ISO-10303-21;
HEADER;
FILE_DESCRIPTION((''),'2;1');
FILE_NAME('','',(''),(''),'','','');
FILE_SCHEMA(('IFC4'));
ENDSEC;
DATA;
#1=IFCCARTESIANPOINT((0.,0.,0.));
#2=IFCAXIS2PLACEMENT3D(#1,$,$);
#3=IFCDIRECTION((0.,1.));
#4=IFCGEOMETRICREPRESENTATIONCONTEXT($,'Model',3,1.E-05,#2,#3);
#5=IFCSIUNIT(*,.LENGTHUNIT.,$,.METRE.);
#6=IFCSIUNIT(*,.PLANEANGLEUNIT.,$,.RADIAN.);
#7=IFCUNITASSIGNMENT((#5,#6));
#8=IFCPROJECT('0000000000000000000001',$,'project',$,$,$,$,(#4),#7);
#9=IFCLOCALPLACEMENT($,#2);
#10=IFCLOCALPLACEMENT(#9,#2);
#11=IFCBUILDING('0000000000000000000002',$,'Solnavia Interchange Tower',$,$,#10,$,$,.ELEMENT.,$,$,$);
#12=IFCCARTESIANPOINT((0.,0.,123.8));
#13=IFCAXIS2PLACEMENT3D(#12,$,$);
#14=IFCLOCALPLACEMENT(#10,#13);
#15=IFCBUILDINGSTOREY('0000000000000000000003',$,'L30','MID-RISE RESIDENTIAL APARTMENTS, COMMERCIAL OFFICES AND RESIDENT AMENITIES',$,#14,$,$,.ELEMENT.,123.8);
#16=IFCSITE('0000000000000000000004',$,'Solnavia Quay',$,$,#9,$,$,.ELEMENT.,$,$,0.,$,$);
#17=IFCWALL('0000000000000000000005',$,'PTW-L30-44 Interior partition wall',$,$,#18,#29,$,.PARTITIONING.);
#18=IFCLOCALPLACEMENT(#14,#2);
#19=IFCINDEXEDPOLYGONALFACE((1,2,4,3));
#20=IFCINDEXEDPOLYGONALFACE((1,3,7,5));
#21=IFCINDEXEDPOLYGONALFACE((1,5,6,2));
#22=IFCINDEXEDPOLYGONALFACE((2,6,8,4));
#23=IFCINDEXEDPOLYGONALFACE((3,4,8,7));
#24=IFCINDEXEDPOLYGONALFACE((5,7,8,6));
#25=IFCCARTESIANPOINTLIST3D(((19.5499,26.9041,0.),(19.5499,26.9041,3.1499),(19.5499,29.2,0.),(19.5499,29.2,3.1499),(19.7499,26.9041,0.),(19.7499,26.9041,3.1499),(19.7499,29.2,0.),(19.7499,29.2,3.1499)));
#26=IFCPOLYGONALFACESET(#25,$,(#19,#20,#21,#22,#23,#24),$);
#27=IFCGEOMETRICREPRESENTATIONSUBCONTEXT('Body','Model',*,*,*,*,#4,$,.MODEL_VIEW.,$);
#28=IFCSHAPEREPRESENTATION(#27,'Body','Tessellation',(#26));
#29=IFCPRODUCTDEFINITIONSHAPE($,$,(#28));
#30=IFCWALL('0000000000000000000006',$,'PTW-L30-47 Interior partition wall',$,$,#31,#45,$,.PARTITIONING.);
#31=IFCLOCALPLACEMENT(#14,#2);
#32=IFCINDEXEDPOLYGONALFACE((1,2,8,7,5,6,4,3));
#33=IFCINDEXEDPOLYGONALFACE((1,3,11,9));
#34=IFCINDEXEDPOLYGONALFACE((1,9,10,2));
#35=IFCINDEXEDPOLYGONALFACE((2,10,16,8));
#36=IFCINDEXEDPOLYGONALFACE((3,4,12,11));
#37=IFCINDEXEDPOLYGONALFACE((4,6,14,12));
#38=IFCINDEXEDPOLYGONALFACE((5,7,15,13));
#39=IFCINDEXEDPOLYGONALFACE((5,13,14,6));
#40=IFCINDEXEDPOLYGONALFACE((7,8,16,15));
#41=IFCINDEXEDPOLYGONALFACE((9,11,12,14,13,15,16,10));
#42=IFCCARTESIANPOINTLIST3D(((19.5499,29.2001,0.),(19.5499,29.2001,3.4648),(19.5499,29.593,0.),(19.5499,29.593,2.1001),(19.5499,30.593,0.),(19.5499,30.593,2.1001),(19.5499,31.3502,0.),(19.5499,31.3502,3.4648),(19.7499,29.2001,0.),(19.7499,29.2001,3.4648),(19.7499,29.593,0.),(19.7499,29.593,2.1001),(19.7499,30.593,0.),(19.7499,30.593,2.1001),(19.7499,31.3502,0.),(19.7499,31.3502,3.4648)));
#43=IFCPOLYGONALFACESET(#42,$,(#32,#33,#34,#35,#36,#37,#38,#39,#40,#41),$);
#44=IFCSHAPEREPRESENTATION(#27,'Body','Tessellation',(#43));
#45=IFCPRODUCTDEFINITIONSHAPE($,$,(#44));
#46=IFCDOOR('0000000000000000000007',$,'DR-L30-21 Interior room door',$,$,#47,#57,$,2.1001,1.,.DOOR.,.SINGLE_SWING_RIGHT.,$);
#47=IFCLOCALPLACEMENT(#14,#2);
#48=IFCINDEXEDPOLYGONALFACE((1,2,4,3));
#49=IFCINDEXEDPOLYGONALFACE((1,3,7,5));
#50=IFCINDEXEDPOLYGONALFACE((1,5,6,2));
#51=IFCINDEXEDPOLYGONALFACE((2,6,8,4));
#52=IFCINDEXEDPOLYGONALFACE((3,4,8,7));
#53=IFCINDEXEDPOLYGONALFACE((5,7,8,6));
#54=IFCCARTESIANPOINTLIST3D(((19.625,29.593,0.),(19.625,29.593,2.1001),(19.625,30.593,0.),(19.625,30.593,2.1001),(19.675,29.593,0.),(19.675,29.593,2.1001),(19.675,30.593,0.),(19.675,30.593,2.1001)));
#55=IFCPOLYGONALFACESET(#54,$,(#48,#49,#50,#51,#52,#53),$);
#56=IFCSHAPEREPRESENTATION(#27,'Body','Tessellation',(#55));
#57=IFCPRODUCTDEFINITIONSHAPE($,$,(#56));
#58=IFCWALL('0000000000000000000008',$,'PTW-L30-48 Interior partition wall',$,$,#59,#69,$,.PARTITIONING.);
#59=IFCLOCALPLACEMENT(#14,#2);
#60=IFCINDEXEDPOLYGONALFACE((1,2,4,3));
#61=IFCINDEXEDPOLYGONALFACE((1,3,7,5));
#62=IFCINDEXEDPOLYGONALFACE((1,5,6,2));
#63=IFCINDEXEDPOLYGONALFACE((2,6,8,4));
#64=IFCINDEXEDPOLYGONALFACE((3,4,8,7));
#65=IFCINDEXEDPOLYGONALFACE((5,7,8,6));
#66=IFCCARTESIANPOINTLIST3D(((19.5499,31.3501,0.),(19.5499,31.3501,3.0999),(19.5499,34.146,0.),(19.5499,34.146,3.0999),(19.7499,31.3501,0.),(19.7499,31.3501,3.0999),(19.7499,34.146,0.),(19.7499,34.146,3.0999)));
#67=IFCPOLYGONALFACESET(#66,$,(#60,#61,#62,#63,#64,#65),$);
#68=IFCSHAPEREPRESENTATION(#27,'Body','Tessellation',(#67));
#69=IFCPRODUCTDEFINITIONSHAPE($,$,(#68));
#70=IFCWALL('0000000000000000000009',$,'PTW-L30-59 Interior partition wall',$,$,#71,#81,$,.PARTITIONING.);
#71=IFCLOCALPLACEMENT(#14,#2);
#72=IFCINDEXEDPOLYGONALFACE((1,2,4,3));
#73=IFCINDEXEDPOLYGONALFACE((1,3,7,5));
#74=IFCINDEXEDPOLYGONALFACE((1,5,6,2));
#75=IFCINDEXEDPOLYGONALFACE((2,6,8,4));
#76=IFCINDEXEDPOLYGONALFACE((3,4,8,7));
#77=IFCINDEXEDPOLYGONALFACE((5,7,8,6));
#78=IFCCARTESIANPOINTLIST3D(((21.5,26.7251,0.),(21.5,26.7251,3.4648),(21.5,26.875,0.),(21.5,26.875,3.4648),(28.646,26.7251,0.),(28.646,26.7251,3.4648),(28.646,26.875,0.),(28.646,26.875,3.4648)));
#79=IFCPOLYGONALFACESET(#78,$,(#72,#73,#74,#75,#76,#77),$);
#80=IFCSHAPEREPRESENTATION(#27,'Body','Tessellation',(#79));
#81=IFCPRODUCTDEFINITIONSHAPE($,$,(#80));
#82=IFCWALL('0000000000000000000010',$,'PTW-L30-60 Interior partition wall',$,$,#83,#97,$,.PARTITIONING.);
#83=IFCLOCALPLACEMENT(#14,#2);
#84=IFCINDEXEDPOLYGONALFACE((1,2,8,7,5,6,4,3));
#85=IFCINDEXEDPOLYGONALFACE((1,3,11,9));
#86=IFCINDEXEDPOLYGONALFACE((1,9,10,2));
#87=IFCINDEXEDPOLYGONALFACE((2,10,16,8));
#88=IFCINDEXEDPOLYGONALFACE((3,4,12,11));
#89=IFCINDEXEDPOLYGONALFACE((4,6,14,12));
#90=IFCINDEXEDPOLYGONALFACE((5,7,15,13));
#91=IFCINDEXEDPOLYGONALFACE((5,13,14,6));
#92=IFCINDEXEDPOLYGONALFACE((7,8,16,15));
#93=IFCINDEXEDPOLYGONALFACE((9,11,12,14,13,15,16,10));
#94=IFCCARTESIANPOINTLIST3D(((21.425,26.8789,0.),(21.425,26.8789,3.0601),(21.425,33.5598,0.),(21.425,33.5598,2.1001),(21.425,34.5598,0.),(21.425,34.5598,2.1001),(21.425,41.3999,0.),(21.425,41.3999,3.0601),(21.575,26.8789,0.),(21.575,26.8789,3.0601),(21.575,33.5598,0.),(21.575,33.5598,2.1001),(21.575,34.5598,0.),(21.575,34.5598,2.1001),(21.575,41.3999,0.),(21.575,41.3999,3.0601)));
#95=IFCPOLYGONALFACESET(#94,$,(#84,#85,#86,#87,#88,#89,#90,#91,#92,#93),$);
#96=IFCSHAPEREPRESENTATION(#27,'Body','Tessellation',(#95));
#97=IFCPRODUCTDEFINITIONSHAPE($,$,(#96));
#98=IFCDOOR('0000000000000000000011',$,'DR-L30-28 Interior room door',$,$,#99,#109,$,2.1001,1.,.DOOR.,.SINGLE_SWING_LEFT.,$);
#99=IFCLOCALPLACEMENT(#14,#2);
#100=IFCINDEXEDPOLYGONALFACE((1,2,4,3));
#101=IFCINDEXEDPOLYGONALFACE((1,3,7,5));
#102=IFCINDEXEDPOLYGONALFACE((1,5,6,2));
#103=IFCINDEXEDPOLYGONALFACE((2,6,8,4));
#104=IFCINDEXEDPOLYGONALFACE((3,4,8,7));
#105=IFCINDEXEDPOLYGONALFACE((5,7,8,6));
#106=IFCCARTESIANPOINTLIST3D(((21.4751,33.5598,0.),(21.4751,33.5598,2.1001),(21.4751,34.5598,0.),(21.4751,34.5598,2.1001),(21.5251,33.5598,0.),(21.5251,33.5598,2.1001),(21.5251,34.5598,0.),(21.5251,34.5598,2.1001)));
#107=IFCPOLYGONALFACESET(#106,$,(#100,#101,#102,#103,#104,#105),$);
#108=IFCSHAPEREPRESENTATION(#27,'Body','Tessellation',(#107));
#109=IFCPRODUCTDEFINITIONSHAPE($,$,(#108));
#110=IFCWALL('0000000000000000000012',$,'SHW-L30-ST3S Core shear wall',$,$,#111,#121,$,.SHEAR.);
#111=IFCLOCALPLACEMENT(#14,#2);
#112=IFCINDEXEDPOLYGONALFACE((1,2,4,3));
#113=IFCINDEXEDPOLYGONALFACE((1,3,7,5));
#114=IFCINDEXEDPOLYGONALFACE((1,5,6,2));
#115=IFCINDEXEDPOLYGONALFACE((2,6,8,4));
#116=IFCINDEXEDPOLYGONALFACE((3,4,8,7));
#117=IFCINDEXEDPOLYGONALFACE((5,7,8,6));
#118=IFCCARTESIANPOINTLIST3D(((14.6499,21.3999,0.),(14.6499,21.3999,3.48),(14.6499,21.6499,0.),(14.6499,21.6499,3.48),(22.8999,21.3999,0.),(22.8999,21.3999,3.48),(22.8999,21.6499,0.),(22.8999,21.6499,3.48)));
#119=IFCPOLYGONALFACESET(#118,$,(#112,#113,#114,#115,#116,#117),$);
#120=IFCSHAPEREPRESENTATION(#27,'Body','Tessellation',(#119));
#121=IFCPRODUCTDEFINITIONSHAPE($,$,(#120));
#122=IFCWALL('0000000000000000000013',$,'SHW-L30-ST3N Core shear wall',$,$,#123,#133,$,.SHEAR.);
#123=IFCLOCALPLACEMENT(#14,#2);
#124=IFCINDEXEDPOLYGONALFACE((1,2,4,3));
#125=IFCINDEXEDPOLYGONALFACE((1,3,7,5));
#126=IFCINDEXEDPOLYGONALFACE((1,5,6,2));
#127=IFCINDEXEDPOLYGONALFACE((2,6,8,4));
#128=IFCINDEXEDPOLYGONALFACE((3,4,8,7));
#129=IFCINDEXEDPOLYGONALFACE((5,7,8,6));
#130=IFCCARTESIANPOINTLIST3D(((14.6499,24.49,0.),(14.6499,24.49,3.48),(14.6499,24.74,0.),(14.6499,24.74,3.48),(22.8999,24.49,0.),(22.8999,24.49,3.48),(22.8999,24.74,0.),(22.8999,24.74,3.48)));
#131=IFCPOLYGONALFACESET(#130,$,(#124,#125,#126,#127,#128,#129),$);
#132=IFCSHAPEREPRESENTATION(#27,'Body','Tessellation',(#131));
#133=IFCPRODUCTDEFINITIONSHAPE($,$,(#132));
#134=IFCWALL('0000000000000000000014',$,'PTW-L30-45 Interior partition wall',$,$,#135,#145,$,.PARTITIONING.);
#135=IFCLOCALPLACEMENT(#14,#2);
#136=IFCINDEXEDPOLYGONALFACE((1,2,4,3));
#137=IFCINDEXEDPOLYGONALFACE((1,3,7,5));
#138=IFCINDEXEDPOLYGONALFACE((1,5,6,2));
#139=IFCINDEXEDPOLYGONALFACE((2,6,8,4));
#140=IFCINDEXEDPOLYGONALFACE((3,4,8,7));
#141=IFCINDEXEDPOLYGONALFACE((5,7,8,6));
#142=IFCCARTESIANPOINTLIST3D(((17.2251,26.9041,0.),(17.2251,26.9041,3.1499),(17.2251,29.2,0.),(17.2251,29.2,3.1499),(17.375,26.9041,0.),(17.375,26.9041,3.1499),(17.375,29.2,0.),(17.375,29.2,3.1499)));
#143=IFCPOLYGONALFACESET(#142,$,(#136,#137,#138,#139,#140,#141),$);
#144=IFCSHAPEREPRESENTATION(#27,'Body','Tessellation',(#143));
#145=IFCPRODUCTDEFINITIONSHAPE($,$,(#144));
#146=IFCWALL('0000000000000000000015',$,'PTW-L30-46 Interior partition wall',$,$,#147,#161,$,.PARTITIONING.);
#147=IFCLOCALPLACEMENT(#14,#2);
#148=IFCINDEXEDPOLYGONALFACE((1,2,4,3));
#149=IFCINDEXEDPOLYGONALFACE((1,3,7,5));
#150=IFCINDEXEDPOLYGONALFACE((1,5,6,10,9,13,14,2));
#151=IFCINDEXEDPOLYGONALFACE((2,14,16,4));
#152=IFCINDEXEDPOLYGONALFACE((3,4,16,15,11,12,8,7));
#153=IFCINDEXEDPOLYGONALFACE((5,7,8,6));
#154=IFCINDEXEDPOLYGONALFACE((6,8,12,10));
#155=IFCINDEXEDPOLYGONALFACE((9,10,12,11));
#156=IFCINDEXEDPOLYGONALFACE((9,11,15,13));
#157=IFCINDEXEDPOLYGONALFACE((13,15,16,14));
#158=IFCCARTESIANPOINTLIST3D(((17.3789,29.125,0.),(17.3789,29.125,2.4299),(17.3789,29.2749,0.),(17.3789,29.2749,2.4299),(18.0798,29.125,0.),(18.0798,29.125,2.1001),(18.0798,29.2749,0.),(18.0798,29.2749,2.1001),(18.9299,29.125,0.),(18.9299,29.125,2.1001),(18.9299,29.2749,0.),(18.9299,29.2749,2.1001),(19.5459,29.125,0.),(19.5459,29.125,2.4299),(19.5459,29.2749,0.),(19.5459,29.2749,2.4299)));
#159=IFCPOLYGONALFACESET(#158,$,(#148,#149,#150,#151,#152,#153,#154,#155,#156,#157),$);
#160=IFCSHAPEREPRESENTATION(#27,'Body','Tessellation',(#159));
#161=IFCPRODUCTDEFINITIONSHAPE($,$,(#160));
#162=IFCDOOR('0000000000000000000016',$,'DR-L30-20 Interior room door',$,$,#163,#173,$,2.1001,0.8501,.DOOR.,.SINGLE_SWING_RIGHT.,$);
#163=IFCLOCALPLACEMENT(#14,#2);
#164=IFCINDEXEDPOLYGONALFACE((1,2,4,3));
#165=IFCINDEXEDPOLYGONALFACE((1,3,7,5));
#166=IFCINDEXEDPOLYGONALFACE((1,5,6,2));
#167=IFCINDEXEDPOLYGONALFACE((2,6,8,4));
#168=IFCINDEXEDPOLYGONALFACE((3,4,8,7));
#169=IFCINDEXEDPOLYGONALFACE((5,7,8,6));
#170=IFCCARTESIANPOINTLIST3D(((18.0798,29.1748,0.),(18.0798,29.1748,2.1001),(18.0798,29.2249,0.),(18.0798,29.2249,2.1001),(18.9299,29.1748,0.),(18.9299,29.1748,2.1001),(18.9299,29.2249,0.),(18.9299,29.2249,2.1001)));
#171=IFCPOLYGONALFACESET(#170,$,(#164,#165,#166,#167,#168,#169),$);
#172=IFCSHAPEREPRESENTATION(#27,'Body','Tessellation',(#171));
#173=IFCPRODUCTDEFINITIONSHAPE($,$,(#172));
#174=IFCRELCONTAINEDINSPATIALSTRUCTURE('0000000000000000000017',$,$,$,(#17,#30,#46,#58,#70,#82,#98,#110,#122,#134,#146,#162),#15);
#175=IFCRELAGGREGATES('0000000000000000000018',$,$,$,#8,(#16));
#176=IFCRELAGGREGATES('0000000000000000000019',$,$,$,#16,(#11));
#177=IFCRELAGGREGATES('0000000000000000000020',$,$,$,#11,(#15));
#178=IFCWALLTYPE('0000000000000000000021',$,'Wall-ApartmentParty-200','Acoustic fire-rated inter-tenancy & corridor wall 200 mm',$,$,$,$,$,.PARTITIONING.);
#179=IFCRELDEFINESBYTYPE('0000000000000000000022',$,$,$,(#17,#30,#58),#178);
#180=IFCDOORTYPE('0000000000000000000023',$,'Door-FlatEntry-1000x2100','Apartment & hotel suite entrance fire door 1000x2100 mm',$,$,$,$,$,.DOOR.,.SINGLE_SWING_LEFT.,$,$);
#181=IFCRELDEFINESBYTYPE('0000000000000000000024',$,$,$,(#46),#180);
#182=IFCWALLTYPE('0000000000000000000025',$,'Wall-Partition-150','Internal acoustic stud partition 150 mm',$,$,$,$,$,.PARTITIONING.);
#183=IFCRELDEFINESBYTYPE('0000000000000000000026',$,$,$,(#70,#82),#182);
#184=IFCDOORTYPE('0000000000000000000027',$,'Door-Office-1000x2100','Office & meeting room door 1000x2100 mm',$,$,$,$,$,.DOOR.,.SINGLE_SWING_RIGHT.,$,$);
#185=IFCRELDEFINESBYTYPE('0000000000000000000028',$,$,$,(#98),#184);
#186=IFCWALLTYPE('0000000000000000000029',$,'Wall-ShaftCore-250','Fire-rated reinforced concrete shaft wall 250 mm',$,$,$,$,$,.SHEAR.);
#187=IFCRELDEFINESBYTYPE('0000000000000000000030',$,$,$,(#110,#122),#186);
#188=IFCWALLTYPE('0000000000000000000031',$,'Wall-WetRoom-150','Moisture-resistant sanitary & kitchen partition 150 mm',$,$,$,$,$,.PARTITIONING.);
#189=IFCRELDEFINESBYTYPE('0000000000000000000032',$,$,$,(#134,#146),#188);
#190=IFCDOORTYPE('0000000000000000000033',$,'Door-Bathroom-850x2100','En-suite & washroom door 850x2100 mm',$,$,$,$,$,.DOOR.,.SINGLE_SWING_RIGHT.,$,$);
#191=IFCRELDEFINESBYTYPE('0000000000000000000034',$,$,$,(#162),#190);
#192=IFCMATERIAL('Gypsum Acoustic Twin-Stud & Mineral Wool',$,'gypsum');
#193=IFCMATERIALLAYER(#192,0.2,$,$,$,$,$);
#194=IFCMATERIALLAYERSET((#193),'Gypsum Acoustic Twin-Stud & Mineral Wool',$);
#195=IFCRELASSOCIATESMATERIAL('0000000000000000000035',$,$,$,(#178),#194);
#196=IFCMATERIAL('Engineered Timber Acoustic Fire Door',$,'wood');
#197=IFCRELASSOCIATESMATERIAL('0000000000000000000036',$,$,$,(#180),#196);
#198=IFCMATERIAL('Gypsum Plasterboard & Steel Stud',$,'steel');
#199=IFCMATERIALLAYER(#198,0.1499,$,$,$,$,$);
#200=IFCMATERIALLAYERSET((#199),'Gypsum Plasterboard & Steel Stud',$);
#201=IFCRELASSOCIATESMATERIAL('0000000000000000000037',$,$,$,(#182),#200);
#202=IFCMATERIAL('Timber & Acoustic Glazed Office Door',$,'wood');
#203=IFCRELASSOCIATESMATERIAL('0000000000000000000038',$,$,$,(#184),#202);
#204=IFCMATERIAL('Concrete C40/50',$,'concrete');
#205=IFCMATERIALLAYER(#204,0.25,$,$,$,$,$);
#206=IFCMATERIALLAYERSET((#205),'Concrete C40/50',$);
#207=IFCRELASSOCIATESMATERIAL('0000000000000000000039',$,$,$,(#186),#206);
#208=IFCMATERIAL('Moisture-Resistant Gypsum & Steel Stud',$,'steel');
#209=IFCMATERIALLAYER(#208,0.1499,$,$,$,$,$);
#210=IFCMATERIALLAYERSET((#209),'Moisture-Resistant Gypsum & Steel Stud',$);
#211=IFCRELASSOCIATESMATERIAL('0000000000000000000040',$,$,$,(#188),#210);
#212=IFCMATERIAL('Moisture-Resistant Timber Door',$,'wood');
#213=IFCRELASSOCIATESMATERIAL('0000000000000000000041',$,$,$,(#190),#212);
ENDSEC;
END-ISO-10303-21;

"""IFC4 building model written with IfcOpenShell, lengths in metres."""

from ifc_helpers import new_model, si_unit, direction, frame, frame_2d, origin, place, context, subcontext, project, spatial, rectangle, extrude, material, layer, layer_set, type_object, element, fill, save


model = new_model("IFC4")

# Units and contexts
model_context = context("Model", 3, precision=1e-05, world=origin(), true_north=direction((0.0, 1.0)))
body_context = subcontext(model_context, "Body", "Model", "MODEL_VIEW")
ifc_project = project(units=[si_unit("LENGTHUNIT", "METRE"), si_unit("PLANEANGLEUNIT", "RADIAN")], contexts=[model_context])

# Site, building, storey
site_placement = place(None, origin())
site = spatial("IfcSite", under=ifc_project, at=site_placement, Name="Solnavia Quay", CompositionType="ELEMENT", RefElevation=0.0)
building_placement = place(site_placement, origin())
building = spatial("IfcBuilding", under=site, at=building_placement, Name="Solnavia Interchange Tower", CompositionType="ELEMENT")
storey_placement = place(building_placement, frame((0.0, 0.0, 123.8)))
storey = spatial("IfcBuildingStorey", under=building, at=storey_placement, Name="L30", Description="MID-RISE RESIDENTIAL APARTMENTS, COMMERCIAL OFFICES AND RESIDENT AMENITIES", CompositionType="ELEMENT", Elevation=123.8)

# Wall
ifc_material_1 = material(Name="Gypsum Acoustic Twin-Stud & Mineral Wool", Category="gypsum")
ifc_layer_1 = layer(ifc_material_1, 0.2)
ifc_layer_set_1 = layer_set([ifc_layer_1], Name="Gypsum Acoustic Twin-Stud & Mineral Wool")
wall_type_1 = type_object("IfcWallType", Name="Wall-ApartmentParty-200", Description="Acoustic fire-rated inter-tenancy & corridor wall 200 mm", PredefinedType="PARTITIONING", material=ifc_layer_set_1)
wall_1_placement = place(storey_placement, frame((19.6499, 26.9041, 0.0), z_axis=(0.0, 0.0, 1.0), x_axis=(0.0, 1.0, 0.0)))
element("IfcWall", 1, at=wall_1_placement, inside=storey, type_object=wall_type_1, Name="PTW-L30-44 Interior partition wall", PredefinedType="PARTITIONING", context=body_context, shape_type="SweptSolid", body=[
    extrude(rectangle(XDim=2.2959, YDim=0.2, at=frame_2d((1.1479, 0.0))), origin(), (0.0, 0.0, 1.0), 3.1499),
])

# Wall, opening, door
wall_2_placement = place(storey_placement, frame((19.6499, 29.2, 0.0), z_axis=(0.0, 0.0, 1.0), x_axis=(0.0, 1.0, 0.0)))
wall_2 = element("IfcWall", 2, at=wall_2_placement, inside=storey, type_object=wall_type_1, Name="PTW-L30-47 Interior partition wall", PredefinedType="PARTITIONING", context=body_context, shape_type="SweptSolid", body=[
    extrude(rectangle(XDim=2.1501, YDim=0.2, at=frame_2d((1.0752, 0.0))), origin(), (0.0, 0.0, 1.0), 3.4648),
])
opening_1_placement = place(wall_2_placement, frame((0.3931, 0.0, 0.0)))
opening_1 = element("IfcOpeningElement", 3, at=opening_1_placement, cuts=wall_2, PredefinedType="OPENING", context=body_context, shape_type="SweptSolid", body=[
    extrude(rectangle(XDim=1.0, YDim=2.1001, at=frame_2d((0.5, 1.05))), frame((0.0, 0.1099, 0.0), z_axis=(0.0, -1.0, 0.0), x_axis=(1.0, 0.0, 0.0)), (0.0, 0.0, 1.0), 0.22),
])
ifc_material_2 = material(Name="Engineered Timber Acoustic Fire Door", Category="wood")
door_type_1 = type_object("IfcDoorType", Name="Door-FlatEntry-1000x2100", Description="Apartment & hotel suite entrance fire door 1000x2100 mm", OperationType="SINGLE_SWING_LEFT", PredefinedType="DOOR", material=ifc_material_2)
door_1_placement = place(opening_1_placement, origin())
door_1 = element("IfcDoor", 4, at=door_1_placement, inside=storey, type_object=door_type_1, Name="DR-L30-21 Interior room door", OperationType="SINGLE_SWING_RIGHT", OverallHeight=2.1001, OverallWidth=1.0, PredefinedType="DOOR", context=body_context, shape_type="SweptSolid", body=[
    extrude(rectangle(XDim=1.0, YDim=2.1001, at=frame_2d((0.5, 1.05))), frame((0.0, 0.0249, 0.0), z_axis=(0.0, -1.0, 0.0), x_axis=(1.0, 0.0, 0.0)), (0.0, 0.0, 1.0), 0.05),
])
fill(opening_1, door_1)

# Walls
wall_3_placement = place(storey_placement, frame((19.6499, 31.3501, 0.0), z_axis=(0.0, 0.0, 1.0), x_axis=(0.0, 1.0, 0.0)))
element("IfcWall", 5, at=wall_3_placement, inside=storey, type_object=wall_type_1, Name="PTW-L30-48 Interior partition wall", PredefinedType="PARTITIONING", context=body_context, shape_type="SweptSolid", body=[
    extrude(rectangle(XDim=2.7959, YDim=0.2, at=frame_2d((1.3979, 0.0))), origin(), (0.0, 0.0, 1.0), 3.0999),
])
ifc_material_3 = material(Name="Gypsum Plasterboard & Steel Stud", Category="steel")
ifc_layer_2 = layer(ifc_material_3, 0.1499)
ifc_layer_set_2 = layer_set([ifc_layer_2], Name="Gypsum Plasterboard & Steel Stud")
wall_type_2 = type_object("IfcWallType", Name="Wall-Partition-150", Description="Internal acoustic stud partition 150 mm", PredefinedType="PARTITIONING", material=ifc_layer_set_2)
wall_4_placement = place(storey_placement, frame((21.5, 26.8, 0.0), z_axis=(0.0, 0.0, 1.0), x_axis=(1.0, 0.0, 0.0)))
element("IfcWall", 6, at=wall_4_placement, inside=storey, type_object=wall_type_2, Name="PTW-L30-59 Interior partition wall", PredefinedType="PARTITIONING", context=body_context, shape_type="SweptSolid", body=[
    extrude(rectangle(XDim=7.146, YDim=0.1499, at=frame_2d((3.573, 0.0))), origin(), (0.0, 0.0, 1.0), 3.4648),
])

# Wall, opening, door
wall_5_placement = place(storey_placement, frame((21.5, 26.8789, 0.0), z_axis=(0.0, 0.0, 1.0), x_axis=(0.0, 1.0, 0.0)))
wall_5 = element("IfcWall", 7, at=wall_5_placement, inside=storey, type_object=wall_type_2, Name="PTW-L30-60 Interior partition wall", PredefinedType="PARTITIONING", context=body_context, shape_type="SweptSolid", body=[
    extrude(rectangle(XDim=14.521, YDim=0.1499, at=frame_2d((7.2605, 0.0))), origin(), (0.0, 0.0, 1.0), 3.0601),
])
opening_2_placement = place(wall_5_placement, frame((6.6809, 0.0, 0.0)))
opening_2 = element("IfcOpeningElement", 8, at=opening_2_placement, cuts=wall_5, PredefinedType="OPENING", context=body_context, shape_type="SweptSolid", body=[
    extrude(rectangle(XDim=1.0, YDim=2.1001, at=frame_2d((0.5, 1.05))), frame((0.0, 0.085, 0.0), z_axis=(0.0, -1.0, 0.0), x_axis=(1.0, 0.0, 0.0)), (0.0, 0.0, 1.0), 0.1699),
])
ifc_material_4 = material(Name="Timber & Acoustic Glazed Office Door", Category="wood")
door_type_2 = type_object("IfcDoorType", Name="Door-Office-1000x2100", Description="Office & meeting room door 1000x2100 mm", OperationType="SINGLE_SWING_RIGHT", PredefinedType="DOOR", material=ifc_material_4)
door_2_placement = place(opening_2_placement, origin())
door_2 = element("IfcDoor", 9, at=door_2_placement, inside=storey, type_object=door_type_2, Name="DR-L30-28 Interior room door", OperationType="SINGLE_SWING_LEFT", OverallHeight=2.1001, OverallWidth=1.0, PredefinedType="DOOR", context=body_context, shape_type="SweptSolid", body=[
    extrude(rectangle(XDim=1.0, YDim=2.1001, at=frame_2d((0.5, 1.05))), frame((0.0, 0.0249, 0.0), z_axis=(0.0, -1.0, 0.0), x_axis=(1.0, 0.0, 0.0)), (0.0, 0.0, 1.0), 0.05),
])
fill(opening_2, door_2)

# Walls
ifc_material_5 = material(Name="Concrete C40/50", Category="concrete")
ifc_layer_3 = layer(ifc_material_5, 0.25)
ifc_layer_set_3 = layer_set([ifc_layer_3], Name="Concrete C40/50")
wall_type_3 = type_object("IfcWallType", Name="Wall-ShaftCore-250", Description="Fire-rated reinforced concrete shaft wall 250 mm", PredefinedType="SHEAR", material=ifc_layer_set_3)
for number, where, z_axis, x_axis, name in (
    (10, (14.6499, 21.5249, 0.0), (0.0, 0.0, 1.0), (1.0, 0.0, 0.0), "SHW-L30-ST3S Core shear wall"),
    (11, (14.6499, 24.615, 0.0), (0.0, 0.0, 1.0), (1.0, 0.0, 0.0), "SHW-L30-ST3N Core shear wall"),
):
    element("IfcWall", number, at=place(storey_placement, frame(where, z_axis=z_axis, x_axis=x_axis)), inside=storey, type_object=wall_type_3, Name=name, PredefinedType="SHEAR", context=body_context, shape_type="SweptSolid", body=[
        extrude(rectangle(XDim=8.25, YDim=0.25, at=frame_2d((4.125, 0.0))), origin(), (0.0, 0.0, 1.0), 3.48),
    ])
ifc_material_6 = material(Name="Moisture-Resistant Gypsum & Steel Stud", Category="steel")
ifc_layer_4 = layer(ifc_material_6, 0.1499)
ifc_layer_set_4 = layer_set([ifc_layer_4], Name="Moisture-Resistant Gypsum & Steel Stud")
wall_type_4 = type_object("IfcWallType", Name="Wall-WetRoom-150", Description="Moisture-resistant sanitary & kitchen partition 150 mm", PredefinedType="PARTITIONING", material=ifc_layer_set_4)
wall_6_placement = place(storey_placement, frame((17.3, 26.9041, 0.0), z_axis=(0.0, 0.0, 1.0), x_axis=(0.0, 1.0, 0.0)))
element("IfcWall", 12, at=wall_6_placement, inside=storey, type_object=wall_type_4, Name="PTW-L30-45 Interior partition wall", PredefinedType="PARTITIONING", context=body_context, shape_type="SweptSolid", body=[
    extrude(rectangle(XDim=2.2959, YDim=0.1499, at=frame_2d((1.1479, 0.0))), origin(), (0.0, 0.0, 1.0), 3.1499),
])

# Wall, opening, door
wall_7_placement = place(storey_placement, frame((17.3789, 29.2, 0.0), z_axis=(0.0, 0.0, 1.0), x_axis=(1.0, 0.0, 0.0)))
wall_7 = element("IfcWall", 13, at=wall_7_placement, inside=storey, type_object=wall_type_4, Name="PTW-L30-46 Interior partition wall", PredefinedType="PARTITIONING", context=body_context, shape_type="SweptSolid", body=[
    extrude(rectangle(XDim=2.167, YDim=0.1499, at=frame_2d((1.0835, 0.0))), origin(), (0.0, 0.0, 1.0), 2.4299),
])
opening_3_placement = place(wall_7_placement, frame((0.7009, 0.0, 0.0)))
opening_3 = element("IfcOpeningElement", 14, at=opening_3_placement, cuts=wall_7, PredefinedType="OPENING", context=body_context, shape_type="SweptSolid", body=[
    extrude(rectangle(XDim=0.8501, YDim=2.1001, at=frame_2d((0.425, 1.05))), frame((0.0, 0.085, 0.0), z_axis=(0.0, -1.0, 0.0), x_axis=(1.0, 0.0, 0.0)), (0.0, 0.0, 1.0), 0.1699),
])
ifc_material_7 = material(Name="Moisture-Resistant Timber Door", Category="wood")
door_type_3 = type_object("IfcDoorType", Name="Door-Bathroom-850x2100", Description="En-suite & washroom door 850x2100 mm", OperationType="SINGLE_SWING_RIGHT", PredefinedType="DOOR", material=ifc_material_7)
door_3_placement = place(opening_3_placement, origin())
door_3 = element("IfcDoor", 15, at=door_3_placement, inside=storey, type_object=door_type_3, Name="DR-L30-20 Interior room door", OperationType="SINGLE_SWING_RIGHT", OverallHeight=2.1001, OverallWidth=0.8501, PredefinedType="DOOR", context=body_context, shape_type="SweptSolid", body=[
    extrude(rectangle(XDim=0.8501, YDim=2.1001, at=frame_2d((0.425, 1.05))), frame((0.0, 0.0249, 0.0), z_axis=(0.0, -1.0, 0.0), x_axis=(1.0, 0.0, 0.0)), (0.0, 0.0, 1.0), 0.05),
])
fill(opening_3, door_3)

save(model, "model.ifc")
